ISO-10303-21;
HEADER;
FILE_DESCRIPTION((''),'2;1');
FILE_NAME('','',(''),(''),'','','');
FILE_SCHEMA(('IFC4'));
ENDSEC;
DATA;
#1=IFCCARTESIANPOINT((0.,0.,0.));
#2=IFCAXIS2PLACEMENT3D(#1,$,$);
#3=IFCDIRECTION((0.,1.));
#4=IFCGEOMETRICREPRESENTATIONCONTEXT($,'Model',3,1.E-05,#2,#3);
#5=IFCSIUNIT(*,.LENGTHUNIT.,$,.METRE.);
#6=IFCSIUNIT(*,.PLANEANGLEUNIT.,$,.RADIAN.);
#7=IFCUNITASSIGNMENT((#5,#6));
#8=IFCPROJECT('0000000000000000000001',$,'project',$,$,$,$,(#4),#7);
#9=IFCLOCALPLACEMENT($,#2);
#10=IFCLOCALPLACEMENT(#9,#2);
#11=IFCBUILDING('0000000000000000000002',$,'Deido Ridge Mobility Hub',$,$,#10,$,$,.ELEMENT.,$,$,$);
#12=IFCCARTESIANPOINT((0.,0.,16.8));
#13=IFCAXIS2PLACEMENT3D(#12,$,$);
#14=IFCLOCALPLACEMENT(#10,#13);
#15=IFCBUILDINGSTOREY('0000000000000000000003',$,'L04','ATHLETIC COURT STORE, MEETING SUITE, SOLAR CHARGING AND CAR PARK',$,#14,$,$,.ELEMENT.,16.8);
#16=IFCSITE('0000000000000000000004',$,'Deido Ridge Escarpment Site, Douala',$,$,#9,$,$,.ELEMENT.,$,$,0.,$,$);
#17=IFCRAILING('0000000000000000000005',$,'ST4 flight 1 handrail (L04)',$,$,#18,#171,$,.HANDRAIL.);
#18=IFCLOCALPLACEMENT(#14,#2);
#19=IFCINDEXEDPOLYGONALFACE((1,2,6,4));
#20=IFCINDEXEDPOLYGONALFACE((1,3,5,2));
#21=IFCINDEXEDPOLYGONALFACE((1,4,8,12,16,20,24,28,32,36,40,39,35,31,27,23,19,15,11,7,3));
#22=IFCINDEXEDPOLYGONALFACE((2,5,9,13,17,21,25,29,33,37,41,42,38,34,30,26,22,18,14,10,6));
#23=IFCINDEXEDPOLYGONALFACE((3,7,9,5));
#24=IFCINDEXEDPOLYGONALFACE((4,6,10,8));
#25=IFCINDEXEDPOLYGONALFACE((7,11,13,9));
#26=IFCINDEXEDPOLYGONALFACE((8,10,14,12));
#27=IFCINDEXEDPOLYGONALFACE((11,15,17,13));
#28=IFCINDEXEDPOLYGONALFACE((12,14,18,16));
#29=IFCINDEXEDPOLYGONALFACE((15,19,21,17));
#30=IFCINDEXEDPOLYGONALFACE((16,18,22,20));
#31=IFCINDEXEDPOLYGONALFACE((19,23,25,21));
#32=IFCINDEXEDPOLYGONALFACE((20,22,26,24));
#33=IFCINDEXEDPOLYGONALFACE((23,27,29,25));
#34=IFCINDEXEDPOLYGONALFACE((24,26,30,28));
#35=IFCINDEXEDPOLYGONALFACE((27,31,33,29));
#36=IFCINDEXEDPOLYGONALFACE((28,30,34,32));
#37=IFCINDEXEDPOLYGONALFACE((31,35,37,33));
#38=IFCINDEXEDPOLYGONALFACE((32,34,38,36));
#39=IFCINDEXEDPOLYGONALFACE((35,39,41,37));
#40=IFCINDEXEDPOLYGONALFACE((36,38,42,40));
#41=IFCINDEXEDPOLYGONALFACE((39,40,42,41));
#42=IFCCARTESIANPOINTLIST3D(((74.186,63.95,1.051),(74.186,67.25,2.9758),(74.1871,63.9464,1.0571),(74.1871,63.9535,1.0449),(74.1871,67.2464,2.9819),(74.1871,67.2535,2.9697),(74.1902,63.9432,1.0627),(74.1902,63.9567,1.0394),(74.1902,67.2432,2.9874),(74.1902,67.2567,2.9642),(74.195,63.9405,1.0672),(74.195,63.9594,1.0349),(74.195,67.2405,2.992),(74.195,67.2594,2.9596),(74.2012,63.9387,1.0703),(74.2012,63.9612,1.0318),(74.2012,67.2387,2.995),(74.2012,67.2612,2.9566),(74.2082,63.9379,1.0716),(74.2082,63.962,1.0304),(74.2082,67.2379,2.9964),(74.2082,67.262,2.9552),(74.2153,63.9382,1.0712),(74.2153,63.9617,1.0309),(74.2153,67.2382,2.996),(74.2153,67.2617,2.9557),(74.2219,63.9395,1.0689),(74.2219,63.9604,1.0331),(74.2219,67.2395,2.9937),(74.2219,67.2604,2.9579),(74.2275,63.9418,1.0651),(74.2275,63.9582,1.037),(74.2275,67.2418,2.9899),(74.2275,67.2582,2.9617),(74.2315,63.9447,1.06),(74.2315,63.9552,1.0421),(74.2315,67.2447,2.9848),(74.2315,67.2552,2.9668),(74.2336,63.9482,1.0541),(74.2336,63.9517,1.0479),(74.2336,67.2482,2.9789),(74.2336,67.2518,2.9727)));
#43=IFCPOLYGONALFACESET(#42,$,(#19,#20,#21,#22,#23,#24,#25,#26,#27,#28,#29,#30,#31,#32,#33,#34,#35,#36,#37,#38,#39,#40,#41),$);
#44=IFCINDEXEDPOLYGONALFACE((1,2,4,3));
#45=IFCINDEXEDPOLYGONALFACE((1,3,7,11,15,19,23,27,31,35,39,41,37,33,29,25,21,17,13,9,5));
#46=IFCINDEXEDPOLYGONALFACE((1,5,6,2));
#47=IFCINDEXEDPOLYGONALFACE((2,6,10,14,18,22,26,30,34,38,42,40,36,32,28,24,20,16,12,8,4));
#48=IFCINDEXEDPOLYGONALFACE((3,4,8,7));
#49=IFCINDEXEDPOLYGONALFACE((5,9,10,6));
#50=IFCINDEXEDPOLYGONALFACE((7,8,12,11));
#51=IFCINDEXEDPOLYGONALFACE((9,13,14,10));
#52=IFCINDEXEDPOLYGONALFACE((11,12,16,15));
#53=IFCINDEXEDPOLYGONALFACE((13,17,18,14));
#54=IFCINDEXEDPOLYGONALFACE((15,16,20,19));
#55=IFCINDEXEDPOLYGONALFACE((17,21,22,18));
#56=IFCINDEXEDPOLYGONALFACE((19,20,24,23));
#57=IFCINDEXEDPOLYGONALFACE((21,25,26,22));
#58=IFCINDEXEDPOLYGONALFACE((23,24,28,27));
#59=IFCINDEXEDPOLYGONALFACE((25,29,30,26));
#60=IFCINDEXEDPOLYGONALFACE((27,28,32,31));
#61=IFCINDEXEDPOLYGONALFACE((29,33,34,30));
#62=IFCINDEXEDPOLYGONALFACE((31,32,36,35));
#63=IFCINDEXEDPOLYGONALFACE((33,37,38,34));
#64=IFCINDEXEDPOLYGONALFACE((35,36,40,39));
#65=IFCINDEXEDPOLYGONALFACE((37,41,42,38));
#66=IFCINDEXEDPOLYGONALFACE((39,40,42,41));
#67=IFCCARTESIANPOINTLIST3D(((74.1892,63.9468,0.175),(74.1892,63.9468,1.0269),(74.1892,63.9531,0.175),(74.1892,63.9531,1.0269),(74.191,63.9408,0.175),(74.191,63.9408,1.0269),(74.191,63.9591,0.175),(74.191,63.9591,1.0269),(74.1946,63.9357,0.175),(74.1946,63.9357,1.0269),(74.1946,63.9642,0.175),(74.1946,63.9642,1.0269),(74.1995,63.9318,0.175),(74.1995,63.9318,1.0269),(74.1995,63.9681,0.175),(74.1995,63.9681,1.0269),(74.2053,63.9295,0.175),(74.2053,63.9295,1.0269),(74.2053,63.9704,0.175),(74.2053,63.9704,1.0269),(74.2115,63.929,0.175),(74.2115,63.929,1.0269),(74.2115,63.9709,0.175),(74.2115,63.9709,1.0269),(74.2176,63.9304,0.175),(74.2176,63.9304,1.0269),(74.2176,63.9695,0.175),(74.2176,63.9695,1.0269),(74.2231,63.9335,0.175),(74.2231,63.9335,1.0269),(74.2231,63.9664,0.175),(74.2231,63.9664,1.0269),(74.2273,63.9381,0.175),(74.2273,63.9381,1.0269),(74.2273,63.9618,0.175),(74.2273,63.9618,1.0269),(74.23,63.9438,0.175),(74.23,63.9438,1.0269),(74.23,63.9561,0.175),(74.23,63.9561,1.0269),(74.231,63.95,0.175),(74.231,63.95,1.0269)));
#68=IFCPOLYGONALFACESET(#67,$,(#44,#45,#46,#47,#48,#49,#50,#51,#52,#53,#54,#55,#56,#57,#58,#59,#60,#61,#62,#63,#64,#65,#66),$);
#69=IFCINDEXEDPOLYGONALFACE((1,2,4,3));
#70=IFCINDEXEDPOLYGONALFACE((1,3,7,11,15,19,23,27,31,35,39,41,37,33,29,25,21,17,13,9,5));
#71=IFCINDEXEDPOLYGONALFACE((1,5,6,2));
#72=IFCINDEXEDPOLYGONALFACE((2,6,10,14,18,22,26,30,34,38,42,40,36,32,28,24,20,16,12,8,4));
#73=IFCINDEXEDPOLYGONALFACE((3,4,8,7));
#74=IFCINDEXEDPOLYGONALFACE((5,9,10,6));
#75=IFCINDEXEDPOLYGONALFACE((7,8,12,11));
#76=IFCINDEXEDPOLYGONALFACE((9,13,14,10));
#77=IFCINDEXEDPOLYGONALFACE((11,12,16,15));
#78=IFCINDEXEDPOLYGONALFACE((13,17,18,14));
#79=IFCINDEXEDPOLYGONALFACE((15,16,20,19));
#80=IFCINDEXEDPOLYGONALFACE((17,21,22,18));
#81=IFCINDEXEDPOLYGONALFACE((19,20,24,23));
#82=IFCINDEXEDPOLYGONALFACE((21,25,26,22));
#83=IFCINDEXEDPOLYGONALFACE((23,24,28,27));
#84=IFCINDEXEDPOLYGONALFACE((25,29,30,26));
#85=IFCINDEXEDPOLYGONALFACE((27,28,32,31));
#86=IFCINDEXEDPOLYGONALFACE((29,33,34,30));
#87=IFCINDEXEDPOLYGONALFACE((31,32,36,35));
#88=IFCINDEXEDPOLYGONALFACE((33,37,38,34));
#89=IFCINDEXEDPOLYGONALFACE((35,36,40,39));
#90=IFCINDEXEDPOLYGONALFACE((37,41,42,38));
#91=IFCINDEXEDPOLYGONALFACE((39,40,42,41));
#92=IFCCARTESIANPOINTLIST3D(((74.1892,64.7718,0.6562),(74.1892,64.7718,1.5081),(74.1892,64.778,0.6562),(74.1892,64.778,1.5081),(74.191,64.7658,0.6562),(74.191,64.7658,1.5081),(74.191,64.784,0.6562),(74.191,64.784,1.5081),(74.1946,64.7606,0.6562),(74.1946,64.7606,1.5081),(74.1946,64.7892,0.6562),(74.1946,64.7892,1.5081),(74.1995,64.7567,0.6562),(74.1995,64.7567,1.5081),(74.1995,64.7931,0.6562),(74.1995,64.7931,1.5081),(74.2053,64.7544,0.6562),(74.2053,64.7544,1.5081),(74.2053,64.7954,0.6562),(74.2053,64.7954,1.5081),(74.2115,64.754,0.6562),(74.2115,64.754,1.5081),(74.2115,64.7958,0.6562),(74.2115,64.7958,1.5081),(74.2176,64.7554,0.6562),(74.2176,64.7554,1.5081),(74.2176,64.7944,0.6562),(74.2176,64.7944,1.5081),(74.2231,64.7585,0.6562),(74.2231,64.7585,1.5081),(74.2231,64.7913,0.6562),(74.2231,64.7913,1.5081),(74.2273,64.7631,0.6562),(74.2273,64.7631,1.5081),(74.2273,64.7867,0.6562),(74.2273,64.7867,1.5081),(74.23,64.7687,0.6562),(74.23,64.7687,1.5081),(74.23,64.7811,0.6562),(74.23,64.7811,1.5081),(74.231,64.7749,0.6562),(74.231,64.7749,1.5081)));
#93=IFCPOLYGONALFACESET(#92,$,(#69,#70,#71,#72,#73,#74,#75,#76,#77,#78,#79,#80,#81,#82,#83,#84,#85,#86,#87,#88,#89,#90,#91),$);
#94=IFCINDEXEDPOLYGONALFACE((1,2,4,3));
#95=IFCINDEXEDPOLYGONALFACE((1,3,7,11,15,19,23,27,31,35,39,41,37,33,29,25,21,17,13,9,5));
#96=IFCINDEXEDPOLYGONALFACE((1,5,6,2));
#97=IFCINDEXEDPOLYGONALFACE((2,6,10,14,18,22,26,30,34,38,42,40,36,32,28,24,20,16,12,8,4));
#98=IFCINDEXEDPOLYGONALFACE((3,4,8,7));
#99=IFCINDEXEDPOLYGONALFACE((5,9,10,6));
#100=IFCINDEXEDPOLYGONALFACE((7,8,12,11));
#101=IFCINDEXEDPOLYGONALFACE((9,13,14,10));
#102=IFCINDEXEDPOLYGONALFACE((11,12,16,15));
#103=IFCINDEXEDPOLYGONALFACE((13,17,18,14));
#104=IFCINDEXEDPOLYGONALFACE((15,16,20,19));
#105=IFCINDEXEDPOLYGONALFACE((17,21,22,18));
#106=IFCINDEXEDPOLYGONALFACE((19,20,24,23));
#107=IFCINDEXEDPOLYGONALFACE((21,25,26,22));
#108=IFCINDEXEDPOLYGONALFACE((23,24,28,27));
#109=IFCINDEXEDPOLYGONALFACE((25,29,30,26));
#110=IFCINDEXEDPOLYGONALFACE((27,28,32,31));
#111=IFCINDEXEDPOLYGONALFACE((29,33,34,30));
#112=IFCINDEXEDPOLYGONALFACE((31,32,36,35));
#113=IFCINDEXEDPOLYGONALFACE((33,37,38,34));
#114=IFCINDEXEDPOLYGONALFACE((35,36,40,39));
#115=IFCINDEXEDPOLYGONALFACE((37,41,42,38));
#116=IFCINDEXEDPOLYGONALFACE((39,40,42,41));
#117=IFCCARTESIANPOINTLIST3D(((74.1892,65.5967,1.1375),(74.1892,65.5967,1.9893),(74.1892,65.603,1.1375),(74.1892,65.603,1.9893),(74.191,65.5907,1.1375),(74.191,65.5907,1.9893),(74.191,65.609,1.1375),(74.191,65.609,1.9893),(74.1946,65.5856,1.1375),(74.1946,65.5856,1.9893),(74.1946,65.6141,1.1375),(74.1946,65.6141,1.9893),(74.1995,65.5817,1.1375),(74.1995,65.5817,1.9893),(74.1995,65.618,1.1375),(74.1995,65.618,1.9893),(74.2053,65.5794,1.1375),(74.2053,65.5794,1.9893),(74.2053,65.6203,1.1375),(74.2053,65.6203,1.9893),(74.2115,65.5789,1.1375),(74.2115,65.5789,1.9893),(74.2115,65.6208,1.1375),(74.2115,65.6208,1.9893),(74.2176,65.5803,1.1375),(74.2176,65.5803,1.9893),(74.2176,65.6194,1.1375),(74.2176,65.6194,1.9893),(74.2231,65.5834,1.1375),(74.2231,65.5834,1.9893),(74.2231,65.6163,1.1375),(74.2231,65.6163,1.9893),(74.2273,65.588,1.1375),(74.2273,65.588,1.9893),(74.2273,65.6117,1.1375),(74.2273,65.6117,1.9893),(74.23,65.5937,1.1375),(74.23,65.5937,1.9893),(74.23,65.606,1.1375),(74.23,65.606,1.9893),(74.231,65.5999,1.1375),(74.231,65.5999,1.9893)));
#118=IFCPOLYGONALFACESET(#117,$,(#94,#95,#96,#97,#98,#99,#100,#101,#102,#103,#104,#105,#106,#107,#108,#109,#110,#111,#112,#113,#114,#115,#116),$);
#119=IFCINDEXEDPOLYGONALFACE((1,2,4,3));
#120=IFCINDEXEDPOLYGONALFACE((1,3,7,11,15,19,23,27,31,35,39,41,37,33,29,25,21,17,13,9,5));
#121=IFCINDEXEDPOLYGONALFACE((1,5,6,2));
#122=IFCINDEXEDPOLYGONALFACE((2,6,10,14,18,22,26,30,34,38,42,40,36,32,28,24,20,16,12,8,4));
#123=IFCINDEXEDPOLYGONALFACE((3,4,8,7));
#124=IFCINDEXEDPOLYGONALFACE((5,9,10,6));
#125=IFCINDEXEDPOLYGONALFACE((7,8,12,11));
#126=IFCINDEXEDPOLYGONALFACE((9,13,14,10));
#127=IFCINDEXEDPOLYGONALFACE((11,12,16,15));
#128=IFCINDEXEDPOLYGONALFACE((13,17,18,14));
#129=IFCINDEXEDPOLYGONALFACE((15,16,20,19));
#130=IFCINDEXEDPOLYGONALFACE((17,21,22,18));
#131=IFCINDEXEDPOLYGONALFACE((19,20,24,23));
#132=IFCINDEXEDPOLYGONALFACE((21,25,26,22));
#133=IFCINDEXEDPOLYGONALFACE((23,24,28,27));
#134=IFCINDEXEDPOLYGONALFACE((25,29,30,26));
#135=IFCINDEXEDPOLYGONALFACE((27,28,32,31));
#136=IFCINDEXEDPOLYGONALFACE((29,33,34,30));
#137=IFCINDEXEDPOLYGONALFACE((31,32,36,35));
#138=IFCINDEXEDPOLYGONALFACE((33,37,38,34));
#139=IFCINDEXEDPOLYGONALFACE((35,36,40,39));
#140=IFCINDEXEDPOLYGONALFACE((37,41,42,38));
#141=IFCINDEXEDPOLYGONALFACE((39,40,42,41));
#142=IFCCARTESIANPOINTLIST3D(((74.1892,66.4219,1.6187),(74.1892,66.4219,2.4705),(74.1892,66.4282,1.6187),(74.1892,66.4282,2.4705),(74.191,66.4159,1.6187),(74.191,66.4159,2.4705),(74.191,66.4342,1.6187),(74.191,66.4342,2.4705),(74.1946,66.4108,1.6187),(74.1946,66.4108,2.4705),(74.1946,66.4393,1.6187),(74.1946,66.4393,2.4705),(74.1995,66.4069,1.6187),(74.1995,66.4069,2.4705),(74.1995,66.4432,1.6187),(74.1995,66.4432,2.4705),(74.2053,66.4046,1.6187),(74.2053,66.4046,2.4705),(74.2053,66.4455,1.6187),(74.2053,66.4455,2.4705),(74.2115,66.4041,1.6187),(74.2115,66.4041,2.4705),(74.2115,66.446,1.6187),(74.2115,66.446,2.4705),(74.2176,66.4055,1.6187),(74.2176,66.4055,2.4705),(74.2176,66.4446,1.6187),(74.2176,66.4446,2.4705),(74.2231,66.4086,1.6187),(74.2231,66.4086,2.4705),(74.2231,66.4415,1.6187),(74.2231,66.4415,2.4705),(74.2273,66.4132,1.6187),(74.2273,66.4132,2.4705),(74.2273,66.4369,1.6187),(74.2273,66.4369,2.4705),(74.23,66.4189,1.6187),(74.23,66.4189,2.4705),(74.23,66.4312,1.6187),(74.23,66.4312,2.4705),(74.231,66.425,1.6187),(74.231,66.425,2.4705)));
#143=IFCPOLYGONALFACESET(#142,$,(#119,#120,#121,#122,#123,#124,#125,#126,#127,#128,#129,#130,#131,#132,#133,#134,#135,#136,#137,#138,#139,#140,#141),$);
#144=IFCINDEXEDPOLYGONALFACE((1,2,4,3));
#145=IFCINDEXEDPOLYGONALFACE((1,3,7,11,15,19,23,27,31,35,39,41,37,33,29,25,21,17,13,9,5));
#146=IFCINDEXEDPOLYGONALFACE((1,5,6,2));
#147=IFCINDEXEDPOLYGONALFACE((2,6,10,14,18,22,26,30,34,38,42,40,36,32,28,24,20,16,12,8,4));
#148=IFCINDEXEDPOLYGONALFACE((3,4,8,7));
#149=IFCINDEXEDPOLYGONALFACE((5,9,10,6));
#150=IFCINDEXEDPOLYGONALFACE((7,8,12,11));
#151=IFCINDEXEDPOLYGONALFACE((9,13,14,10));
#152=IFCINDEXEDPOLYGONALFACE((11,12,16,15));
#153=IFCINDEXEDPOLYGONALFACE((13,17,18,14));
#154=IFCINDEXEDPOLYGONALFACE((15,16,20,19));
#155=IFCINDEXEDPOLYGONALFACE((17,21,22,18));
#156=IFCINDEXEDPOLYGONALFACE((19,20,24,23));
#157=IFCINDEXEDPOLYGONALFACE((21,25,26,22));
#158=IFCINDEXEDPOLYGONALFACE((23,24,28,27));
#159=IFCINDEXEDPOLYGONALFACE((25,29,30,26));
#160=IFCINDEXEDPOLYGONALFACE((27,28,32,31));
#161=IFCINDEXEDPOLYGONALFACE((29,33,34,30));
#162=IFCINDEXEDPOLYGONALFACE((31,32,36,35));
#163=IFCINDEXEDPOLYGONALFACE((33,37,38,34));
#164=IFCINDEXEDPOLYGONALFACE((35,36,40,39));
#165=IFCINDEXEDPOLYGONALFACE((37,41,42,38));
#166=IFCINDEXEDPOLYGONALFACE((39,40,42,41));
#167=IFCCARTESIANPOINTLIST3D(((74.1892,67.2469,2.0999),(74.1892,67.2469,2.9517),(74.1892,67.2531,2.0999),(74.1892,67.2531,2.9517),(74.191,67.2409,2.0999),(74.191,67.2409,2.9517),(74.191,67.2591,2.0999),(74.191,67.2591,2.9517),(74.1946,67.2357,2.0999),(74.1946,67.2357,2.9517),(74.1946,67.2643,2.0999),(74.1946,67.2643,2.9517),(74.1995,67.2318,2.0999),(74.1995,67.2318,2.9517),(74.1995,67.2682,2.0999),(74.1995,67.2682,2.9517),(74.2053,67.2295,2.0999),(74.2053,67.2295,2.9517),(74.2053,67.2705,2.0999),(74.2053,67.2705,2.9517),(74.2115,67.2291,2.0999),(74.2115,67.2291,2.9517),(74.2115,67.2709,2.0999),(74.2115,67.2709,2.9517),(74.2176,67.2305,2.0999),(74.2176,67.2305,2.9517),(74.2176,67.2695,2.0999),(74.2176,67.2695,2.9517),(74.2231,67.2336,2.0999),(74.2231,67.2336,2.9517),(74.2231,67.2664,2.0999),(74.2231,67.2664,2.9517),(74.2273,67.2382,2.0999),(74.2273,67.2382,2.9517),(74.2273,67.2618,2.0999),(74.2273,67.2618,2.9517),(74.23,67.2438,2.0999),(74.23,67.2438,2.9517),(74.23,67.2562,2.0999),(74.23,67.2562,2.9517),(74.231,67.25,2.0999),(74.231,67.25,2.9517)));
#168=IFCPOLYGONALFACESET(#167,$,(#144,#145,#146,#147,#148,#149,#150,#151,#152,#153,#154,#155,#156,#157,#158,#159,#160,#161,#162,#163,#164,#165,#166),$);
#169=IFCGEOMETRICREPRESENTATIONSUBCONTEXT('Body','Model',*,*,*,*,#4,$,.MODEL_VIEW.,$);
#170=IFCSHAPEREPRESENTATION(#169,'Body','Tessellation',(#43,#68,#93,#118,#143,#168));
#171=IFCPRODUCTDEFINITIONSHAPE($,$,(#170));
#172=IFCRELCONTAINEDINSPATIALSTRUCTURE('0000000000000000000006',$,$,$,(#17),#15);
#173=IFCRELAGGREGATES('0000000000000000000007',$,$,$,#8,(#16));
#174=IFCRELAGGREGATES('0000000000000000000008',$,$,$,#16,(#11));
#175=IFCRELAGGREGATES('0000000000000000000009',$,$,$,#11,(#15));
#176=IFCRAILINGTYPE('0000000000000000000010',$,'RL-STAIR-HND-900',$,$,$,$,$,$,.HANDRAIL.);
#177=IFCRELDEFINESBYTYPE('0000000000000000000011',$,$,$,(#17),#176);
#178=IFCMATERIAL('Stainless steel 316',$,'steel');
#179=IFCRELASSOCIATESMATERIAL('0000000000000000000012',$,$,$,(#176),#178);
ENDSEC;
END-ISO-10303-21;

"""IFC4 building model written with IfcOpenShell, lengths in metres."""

from ifc_helpers import new_model, si_unit, direction, frame, origin, origin_2d, place, context, subcontext, project, spatial, circle, extrude, material, type_object, element, save


model = new_model("IFC4")

# Units and contexts
model_context = context("Model", 3, precision=1e-05, world=origin(), true_north=direction((0.0, 1.0)))
body_context = subcontext(model_context, "Body", "Model", "MODEL_VIEW")
ifc_project = project(units=[si_unit("LENGTHUNIT", "METRE"), si_unit("PLANEANGLEUNIT", "RADIAN")], contexts=[model_context])

# Site, building, storey
site_placement = place(None, origin())
site = spatial("IfcSite", under=ifc_project, at=site_placement, Name="Deido Ridge Escarpment Site, Douala", CompositionType="ELEMENT", RefElevation=0.0)
building_placement = place(site_placement, origin())
building = spatial("IfcBuilding", under=site, at=building_placement, Name="Deido Ridge Mobility Hub", CompositionType="ELEMENT")
storey_placement = place(building_placement, frame((0.0, 0.0, 16.8)))
storey = spatial("IfcBuildingStorey", under=building, at=storey_placement, Name="L04", Description="ATHLETIC COURT STORE, MEETING SUITE, SOLAR CHARGING AND CAR PARK", CompositionType="ELEMENT", Elevation=16.8)

# Shared definitions
ifc_material_1 = material(Name="Stainless steel 316", Category="steel")

# Railing
railing_type_1 = type_object("IfcRailingType", Name="RL-STAIR-HND-900", PredefinedType="HANDRAIL", material=ifc_material_1)
railing_1_placement = place(storey_placement, frame((74.21, 63.95, 0.175)))
element("IfcRailing", 1, at=railing_1_placement, inside=storey, type_object=railing_type_1, Name="ST4 flight 1 handrail (L04)", PredefinedType="HANDRAIL", context=body_context, shape_type="SweptSolid", body=[
    extrude(circle(Radius=0.0239, at=origin_2d()), frame((0.0, 0.0, 0.876), z_axis=(0.0, 0.863804, 0.503827), x_axis=(-1.0, 0.0, 0.0)), (0.0, 0.0, 1.0), 3.8203),
    extrude(circle(Radius=0.021, at=origin_2d()), origin(), (0.0, 0.0, 1.0), 0.8518),
    extrude(circle(Radius=0.021, at=origin_2d()), frame((0.0, 0.825, 0.4812)), (0.0, 0.0, 1.0), 0.8518),
    extrude(circle(Radius=0.021, at=origin_2d()), frame((0.0, 1.6499, 0.9624)), (0.0, 0.0, 1.0), 0.8518),
    extrude(circle(Radius=0.021, at=origin_2d()), frame((0.0, 2.4751, 1.4436)), (0.0, 0.0, 1.0), 0.8518),
    extrude(circle(Radius=0.021, at=origin_2d()), frame((0.0, 3.3, 1.9248)), (0.0, 0.0, 1.0), 0.8518),
])

save(model, "model.ifc")
